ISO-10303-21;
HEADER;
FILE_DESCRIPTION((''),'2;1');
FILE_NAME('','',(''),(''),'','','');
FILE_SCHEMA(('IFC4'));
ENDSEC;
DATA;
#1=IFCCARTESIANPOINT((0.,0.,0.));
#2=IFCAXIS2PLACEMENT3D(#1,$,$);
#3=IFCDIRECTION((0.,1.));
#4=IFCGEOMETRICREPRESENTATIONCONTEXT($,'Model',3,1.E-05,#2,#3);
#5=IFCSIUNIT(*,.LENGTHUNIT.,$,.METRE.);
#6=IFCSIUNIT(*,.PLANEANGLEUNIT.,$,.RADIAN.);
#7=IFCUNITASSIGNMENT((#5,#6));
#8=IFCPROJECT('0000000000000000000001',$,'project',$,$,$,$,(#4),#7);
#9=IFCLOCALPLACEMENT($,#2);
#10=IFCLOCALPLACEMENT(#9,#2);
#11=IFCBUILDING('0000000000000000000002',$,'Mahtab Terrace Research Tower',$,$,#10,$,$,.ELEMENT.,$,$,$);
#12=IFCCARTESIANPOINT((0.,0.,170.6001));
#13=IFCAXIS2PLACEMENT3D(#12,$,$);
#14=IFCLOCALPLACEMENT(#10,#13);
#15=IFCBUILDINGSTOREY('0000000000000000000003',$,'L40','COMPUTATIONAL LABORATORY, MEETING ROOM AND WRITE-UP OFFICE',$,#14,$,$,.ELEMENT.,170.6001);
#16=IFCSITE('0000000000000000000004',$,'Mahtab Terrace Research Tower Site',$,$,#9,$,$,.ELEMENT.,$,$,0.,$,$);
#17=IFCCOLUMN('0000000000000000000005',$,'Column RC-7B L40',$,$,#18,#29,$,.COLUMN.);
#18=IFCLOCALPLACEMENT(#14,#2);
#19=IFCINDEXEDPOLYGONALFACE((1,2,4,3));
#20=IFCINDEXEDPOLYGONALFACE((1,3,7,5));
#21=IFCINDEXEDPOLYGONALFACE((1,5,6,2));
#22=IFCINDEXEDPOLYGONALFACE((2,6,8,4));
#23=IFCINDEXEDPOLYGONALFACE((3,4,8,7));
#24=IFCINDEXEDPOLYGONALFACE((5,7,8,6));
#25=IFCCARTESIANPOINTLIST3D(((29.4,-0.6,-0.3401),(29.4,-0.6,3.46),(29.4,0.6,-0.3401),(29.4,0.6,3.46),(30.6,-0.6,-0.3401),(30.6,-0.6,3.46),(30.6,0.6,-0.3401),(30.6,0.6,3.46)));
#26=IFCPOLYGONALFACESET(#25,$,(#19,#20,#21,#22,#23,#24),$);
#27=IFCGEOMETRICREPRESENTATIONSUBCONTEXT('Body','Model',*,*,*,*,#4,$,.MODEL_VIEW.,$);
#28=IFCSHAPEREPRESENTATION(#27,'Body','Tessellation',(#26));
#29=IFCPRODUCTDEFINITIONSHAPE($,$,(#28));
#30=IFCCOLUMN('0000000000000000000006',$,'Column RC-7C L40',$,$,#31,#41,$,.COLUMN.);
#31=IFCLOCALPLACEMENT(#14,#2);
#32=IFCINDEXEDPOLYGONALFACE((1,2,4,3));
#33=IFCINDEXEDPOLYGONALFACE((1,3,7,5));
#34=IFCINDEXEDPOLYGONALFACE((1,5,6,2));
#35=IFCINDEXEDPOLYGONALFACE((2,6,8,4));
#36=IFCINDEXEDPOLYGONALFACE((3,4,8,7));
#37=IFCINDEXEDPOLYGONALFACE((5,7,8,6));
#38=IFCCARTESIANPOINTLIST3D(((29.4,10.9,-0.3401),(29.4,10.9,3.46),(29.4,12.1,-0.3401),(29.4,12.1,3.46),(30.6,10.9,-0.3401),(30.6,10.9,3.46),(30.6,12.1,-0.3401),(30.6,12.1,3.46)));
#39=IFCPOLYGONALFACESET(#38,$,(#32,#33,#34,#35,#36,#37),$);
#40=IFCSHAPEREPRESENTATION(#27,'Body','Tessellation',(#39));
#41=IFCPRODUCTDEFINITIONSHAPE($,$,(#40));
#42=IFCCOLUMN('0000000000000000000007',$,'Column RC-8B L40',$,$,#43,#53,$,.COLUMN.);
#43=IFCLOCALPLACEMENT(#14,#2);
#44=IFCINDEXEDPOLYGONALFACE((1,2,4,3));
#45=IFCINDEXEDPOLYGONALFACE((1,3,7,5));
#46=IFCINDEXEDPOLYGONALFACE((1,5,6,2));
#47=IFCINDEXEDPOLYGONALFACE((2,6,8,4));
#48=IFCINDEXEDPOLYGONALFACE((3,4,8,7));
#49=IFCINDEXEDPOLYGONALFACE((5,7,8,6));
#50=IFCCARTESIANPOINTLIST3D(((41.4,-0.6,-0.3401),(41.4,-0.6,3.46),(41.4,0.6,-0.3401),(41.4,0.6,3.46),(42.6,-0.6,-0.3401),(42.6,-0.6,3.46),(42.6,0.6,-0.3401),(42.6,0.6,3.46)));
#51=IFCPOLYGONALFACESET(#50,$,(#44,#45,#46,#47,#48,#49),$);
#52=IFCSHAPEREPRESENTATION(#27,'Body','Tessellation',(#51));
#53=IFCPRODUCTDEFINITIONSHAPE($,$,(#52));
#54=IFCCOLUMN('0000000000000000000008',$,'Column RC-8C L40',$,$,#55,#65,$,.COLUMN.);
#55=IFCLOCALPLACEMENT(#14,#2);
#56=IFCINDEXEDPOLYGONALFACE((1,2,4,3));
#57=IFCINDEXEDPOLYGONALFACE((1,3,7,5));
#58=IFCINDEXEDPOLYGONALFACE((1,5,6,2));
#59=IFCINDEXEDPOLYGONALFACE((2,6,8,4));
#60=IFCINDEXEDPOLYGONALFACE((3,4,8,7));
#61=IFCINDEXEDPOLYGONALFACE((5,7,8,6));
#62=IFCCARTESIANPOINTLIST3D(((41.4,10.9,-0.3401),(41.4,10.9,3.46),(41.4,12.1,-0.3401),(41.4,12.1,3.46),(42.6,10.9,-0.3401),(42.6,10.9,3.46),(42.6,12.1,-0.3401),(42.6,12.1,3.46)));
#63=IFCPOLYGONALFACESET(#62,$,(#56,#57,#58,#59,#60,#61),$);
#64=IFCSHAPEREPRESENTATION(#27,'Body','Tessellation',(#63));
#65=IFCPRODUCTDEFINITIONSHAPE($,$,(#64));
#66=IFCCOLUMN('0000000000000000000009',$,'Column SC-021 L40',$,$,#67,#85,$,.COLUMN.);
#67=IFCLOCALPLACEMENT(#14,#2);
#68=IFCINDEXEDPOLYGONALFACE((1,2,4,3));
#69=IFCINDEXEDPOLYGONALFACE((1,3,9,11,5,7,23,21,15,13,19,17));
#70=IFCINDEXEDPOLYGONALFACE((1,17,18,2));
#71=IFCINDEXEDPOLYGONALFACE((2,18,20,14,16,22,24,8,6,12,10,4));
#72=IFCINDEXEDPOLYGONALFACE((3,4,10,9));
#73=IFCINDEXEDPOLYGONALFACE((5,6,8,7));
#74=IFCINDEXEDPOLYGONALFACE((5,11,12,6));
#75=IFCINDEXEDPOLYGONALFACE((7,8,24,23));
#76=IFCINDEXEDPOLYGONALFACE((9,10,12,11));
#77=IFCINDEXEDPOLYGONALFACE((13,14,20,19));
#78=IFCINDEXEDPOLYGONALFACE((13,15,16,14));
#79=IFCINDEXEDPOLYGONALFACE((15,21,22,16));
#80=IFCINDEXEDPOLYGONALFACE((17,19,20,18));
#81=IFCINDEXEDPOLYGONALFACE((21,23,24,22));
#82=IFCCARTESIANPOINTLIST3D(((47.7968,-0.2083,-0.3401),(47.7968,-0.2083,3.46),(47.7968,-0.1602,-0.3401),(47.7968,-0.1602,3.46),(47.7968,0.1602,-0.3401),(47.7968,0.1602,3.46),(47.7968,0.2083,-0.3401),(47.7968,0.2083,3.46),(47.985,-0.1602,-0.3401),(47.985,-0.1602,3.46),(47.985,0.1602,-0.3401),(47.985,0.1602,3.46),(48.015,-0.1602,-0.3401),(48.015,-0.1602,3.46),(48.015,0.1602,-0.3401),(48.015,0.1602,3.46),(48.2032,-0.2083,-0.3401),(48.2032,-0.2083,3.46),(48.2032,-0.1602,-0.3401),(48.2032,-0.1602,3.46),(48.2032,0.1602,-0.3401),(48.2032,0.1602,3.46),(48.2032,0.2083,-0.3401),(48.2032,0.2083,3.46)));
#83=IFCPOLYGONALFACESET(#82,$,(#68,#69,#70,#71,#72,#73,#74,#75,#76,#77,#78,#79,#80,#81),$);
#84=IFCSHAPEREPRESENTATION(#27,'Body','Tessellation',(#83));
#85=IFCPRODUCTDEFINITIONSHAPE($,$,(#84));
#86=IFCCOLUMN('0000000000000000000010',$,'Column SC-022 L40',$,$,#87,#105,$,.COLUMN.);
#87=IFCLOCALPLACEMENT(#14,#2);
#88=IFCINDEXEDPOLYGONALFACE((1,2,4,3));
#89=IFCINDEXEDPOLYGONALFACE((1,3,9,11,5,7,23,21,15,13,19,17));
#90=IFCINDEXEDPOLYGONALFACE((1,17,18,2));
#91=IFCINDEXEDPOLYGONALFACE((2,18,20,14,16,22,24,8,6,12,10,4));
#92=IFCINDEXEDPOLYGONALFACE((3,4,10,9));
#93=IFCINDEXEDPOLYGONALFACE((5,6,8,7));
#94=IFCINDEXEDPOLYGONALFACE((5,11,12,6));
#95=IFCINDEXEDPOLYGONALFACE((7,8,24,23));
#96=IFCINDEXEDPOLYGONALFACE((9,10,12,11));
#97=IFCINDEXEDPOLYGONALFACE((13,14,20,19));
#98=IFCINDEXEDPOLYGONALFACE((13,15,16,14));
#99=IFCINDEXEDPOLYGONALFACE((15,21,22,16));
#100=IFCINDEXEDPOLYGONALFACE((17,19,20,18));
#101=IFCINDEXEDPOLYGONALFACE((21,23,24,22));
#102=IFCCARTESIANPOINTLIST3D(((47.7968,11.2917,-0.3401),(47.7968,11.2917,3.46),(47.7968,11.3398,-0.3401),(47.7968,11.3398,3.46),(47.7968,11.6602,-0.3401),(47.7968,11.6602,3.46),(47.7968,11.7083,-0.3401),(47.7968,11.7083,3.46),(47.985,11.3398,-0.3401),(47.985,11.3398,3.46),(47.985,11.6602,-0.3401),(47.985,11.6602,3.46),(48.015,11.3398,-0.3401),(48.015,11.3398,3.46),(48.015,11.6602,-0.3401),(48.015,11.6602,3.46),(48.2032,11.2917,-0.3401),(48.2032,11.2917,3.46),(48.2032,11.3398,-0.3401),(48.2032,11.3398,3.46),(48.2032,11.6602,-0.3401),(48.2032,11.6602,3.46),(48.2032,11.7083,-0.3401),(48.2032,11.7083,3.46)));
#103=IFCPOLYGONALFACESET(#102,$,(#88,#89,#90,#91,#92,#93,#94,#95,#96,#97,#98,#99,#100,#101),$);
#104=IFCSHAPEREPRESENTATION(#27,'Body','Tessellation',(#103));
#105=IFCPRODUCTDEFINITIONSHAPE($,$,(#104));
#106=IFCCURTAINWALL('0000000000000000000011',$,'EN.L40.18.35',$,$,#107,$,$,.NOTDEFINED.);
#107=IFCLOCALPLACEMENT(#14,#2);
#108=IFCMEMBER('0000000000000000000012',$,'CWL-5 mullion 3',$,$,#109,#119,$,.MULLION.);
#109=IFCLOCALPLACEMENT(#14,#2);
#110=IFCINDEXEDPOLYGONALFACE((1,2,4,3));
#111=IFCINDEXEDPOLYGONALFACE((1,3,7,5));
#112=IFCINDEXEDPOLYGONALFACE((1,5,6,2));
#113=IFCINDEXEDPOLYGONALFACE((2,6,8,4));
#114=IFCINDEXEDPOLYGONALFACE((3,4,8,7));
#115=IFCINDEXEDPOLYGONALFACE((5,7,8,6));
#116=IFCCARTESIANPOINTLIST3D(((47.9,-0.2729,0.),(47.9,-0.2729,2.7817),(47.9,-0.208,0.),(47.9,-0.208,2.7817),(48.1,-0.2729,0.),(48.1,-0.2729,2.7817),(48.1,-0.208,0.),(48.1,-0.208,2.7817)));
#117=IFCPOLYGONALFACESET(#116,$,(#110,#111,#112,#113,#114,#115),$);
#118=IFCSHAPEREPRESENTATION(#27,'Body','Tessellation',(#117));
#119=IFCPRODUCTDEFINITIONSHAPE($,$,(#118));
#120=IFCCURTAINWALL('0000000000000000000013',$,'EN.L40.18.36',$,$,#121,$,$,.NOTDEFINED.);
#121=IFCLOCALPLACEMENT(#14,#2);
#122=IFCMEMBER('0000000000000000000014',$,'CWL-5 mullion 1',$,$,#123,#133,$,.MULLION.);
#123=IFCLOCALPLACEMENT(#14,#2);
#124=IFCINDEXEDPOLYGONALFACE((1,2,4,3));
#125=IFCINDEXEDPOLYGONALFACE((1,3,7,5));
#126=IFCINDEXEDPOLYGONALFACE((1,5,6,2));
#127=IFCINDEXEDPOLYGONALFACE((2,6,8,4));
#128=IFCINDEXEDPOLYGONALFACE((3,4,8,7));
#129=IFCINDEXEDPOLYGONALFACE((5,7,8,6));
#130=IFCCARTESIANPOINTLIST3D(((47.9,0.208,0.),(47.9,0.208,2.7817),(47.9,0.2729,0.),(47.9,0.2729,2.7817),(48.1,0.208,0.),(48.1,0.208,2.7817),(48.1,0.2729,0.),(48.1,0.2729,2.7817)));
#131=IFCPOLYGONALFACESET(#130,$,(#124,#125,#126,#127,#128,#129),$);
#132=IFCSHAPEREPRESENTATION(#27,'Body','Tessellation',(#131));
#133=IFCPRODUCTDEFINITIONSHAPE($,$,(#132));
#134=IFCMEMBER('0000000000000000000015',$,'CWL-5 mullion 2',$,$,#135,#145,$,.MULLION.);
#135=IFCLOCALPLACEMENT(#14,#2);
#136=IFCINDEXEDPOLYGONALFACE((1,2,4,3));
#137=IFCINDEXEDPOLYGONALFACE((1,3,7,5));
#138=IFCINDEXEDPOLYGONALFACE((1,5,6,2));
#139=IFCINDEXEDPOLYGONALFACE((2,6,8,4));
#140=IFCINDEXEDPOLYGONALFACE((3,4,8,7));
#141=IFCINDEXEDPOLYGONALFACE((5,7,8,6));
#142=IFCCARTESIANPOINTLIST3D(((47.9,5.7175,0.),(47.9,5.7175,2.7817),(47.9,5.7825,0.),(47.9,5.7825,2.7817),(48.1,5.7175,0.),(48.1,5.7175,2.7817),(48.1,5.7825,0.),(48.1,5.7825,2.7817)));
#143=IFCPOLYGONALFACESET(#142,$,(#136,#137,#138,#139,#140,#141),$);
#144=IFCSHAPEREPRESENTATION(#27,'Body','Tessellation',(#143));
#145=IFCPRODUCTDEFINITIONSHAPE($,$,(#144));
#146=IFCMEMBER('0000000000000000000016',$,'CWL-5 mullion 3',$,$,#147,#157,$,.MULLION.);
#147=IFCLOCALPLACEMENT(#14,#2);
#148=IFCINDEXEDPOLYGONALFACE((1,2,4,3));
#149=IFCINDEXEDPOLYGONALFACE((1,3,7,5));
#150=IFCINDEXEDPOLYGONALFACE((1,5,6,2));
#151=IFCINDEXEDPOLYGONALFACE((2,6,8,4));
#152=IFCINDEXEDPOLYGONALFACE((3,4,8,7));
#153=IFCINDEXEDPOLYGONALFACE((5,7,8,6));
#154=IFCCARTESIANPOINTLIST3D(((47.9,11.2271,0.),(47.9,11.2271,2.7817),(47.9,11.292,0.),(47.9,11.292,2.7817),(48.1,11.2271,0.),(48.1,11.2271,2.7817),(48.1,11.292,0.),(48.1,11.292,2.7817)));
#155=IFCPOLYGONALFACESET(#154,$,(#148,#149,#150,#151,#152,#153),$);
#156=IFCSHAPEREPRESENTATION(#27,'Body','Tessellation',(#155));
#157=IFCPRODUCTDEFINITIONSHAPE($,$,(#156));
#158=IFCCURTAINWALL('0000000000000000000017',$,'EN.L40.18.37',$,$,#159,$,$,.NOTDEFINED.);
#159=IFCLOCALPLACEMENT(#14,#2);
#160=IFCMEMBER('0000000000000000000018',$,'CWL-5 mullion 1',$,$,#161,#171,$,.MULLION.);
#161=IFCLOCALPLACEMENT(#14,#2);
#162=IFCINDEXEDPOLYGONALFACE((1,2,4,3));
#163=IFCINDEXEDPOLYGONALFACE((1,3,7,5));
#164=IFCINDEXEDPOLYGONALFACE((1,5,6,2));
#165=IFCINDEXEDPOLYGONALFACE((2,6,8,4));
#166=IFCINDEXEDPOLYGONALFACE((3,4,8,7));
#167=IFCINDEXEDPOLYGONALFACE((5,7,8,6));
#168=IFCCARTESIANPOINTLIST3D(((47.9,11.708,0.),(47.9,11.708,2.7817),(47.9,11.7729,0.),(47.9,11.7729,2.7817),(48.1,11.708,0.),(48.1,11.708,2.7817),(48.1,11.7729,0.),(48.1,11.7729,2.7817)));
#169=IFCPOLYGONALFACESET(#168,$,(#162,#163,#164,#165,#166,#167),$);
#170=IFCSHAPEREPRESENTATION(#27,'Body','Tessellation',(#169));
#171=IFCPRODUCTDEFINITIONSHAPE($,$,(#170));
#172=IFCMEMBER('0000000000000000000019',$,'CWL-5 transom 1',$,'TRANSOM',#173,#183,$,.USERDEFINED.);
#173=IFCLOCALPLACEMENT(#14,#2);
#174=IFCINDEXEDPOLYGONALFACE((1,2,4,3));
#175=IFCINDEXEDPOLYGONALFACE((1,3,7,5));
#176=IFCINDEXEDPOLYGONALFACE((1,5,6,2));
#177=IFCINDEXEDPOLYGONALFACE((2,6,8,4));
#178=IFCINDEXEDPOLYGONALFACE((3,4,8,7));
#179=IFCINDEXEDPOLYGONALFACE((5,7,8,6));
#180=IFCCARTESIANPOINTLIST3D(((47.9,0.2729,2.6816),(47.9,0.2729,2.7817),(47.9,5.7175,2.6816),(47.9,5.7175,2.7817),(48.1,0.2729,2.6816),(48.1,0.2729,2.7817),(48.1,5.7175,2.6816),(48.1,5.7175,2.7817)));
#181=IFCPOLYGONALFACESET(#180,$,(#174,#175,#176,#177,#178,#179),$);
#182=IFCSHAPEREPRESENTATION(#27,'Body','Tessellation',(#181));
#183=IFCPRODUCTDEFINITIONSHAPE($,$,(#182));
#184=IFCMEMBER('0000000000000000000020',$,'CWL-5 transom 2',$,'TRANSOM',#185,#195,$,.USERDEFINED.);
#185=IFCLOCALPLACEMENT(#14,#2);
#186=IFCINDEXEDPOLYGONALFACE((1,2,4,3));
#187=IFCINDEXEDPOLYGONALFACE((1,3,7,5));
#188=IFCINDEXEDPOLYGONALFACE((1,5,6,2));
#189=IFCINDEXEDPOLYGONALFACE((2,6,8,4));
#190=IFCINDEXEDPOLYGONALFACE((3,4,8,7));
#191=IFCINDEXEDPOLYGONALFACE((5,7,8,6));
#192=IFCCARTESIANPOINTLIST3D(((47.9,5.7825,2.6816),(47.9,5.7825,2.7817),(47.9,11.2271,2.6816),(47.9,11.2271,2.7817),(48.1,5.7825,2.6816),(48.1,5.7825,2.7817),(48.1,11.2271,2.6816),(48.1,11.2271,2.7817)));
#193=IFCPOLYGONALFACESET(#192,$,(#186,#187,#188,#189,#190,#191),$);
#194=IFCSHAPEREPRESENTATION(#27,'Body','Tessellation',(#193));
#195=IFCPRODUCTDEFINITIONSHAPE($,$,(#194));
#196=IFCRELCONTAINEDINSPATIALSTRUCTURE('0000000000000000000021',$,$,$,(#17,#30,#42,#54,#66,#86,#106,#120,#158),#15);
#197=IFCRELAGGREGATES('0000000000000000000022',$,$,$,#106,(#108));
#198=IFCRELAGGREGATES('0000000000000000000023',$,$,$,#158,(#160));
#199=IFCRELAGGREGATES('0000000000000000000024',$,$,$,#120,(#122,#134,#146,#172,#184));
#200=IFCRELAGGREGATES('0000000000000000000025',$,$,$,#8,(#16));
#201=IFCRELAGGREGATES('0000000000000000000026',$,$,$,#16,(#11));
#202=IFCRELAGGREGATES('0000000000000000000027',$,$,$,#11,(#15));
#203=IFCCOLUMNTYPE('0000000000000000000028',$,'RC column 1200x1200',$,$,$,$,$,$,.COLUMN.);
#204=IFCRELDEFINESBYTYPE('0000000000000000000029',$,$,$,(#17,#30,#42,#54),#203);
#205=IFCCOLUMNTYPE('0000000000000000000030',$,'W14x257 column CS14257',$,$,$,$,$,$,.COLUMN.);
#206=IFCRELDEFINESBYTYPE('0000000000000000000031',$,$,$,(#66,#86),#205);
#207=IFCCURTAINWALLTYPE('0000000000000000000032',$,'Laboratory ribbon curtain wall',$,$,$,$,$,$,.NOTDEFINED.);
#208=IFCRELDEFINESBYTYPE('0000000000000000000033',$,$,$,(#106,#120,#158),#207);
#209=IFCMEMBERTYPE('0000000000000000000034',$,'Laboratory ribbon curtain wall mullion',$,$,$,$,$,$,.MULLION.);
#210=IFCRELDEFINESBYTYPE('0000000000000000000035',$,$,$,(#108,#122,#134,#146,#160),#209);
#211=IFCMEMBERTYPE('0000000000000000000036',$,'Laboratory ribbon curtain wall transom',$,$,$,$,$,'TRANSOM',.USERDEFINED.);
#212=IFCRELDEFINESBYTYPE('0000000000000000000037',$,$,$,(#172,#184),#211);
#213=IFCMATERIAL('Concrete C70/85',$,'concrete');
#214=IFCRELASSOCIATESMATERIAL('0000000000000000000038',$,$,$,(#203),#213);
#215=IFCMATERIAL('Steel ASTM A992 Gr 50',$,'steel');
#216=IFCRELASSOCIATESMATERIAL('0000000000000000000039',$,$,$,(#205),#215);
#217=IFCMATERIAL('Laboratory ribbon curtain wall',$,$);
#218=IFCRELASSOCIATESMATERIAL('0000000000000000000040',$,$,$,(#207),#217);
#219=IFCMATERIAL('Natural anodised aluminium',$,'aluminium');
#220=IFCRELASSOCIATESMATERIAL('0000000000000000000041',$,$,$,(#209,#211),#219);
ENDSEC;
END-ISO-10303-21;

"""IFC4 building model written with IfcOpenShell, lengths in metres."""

from ifc_helpers import new_model, si_unit, direction, frame, origin, origin_2d, place, context, subcontext, project, spatial, rectangle, i_section, extrude, material, material_profile, profile_set, type_object, element, aggregate, save


model = new_model("IFC4")

# Units and contexts
model_context = context("Model", 3, precision=1e-05, world=origin(), true_north=direction((0.0, 1.0)))
body_context = subcontext(model_context, "Body", "Model", "MODEL_VIEW")
ifc_project = project(units=[si_unit("LENGTHUNIT", "METRE"), si_unit("PLANEANGLEUNIT", "RADIAN")], contexts=[model_context])

# Site, building, storey
site_placement = place(None, origin())
site = spatial("IfcSite", under=ifc_project, at=site_placement, Name="Mahtab Terrace Research Tower Site", CompositionType="ELEMENT", RefElevation=0.0)
building_placement = place(site_placement, origin())
building = spatial("IfcBuilding", under=site, at=building_placement, Name="Mahtab Terrace Research Tower", CompositionType="ELEMENT")
storey_placement = place(building_placement, frame((0.0, 0.0, 170.6001)))
storey = spatial("IfcBuildingStorey", under=building, at=storey_placement, Name="L40", Description="COMPUTATIONAL LABORATORY, MEETING ROOM AND WRITE-UP OFFICE", CompositionType="ELEMENT", Elevation=170.6001)

# Columns
ifc_material_1 = material(Name="Concrete C70/85", Category="concrete")
ifc_material_profile_1 = material_profile(ifc_material_1, rectangle(XDim=1.2, YDim=1.2, at=origin_2d()), Name="RC column 1200x1200")
ifc_profile_set_1 = profile_set([ifc_material_profile_1], Name="Concrete C70/85")
column_type_1 = type_object("IfcColumnType", Name="RC column 1200x1200", PredefinedType="COLUMN", material=ifc_profile_set_1)
for number, where, z_axis, x_axis, name in (
    (1, (30.0, 0.0, -0.3401), (0.0, 0.0, 1.0), (1.0, 0.0, 0.0), "Column RC-7B L40"),
    (2, (30.0, 11.5, -0.3401), (0.0, 0.0, 1.0), (1.0, 0.0, 0.0), "Column RC-7C L40"),
    (3, (42.0, 0.0, -0.3401), (0.0, 0.0, 1.0), (1.0, 0.0, 0.0), "Column RC-8B L40"),
    (4, (42.0, 11.5, -0.3401), (0.0, 0.0, 1.0), (1.0, 0.0, 0.0), "Column RC-8C L40"),
):
    element("IfcColumn", number, at=place(storey_placement, frame(where, z_axis=z_axis, x_axis=x_axis)), inside=storey, type_object=column_type_1, Name=name, PredefinedType="COLUMN", context=body_context, shape_type="SweptSolid", body=[
        extrude(rectangle(XDim=1.2, YDim=1.2, at=origin_2d()), origin(), (0.0, 0.0, 1.0), 3.8),
    ])
ifc_material_2 = material(Name="Steel ASTM A992 Gr 50", Category="steel")
ifc_material_profile_2 = material_profile(ifc_material_2, i_section(OverallWidth=0.4065, OverallDepth=0.4165, WebThickness=0.03, FlangeThickness=0.0481, at=origin_2d()), Name="W14X257")
ifc_profile_set_2 = profile_set([ifc_material_profile_2], Name="Steel ASTM A992 Gr 50")
column_type_2 = type_object("IfcColumnType", Name="W14x257 column CS14257", PredefinedType="COLUMN", material=ifc_profile_set_2)
for number, where, z_axis, x_axis, name in (
    (5, (48.0, 0.0, -0.3401), (0.0, 0.0, 1.0), (1.0, 0.0, 0.0), "Column SC-021 L40"),
    (6, (48.0, 11.5, -0.3401), (0.0, 0.0, 1.0), (1.0, 0.0, 0.0), "Column SC-022 L40"),
):
    element("IfcColumn", number, at=place(storey_placement, frame(where, z_axis=z_axis, x_axis=x_axis)), inside=storey, type_object=column_type_2, Name=name, PredefinedType="COLUMN", context=body_context, shape_type="SweptSolid", body=[
        extrude(i_section(OverallWidth=0.4065, OverallDepth=0.4165, WebThickness=0.03, FlangeThickness=0.0481, at=origin_2d()), origin(), (0.0, 0.0, 1.0), 3.8),
    ])

# Curtain wall, member
ifc_material_3 = material(Name="Laboratory ribbon curtain wall")
curtain_wall_type = type_object("IfcCurtainWallType", Name="Laboratory ribbon curtain wall", PredefinedType="NOTDEFINED", material=ifc_material_3)
curtain_wall_1_placement = place(storey_placement, origin())
curtain_wall_1 = element("IfcCurtainWall", 7, at=curtain_wall_1_placement, inside=storey, type_object=curtain_wall_type, Name="EN.L40.18.35", PredefinedType="NOTDEFINED")
ifc_material_4 = material(Name="Natural anodised aluminium", Category="aluminium")
ifc_material_profile_3 = material_profile(ifc_material_4, rectangle(XDim=0.2, YDim=0.0649, at=origin_2d()), Name="MULLION 65x200")
ifc_profile_set_3 = profile_set([ifc_material_profile_3], Name="Natural anodised aluminium")
member_type_1 = type_object("IfcMemberType", Name="Laboratory ribbon curtain wall mullion", PredefinedType="MULLION", material=ifc_profile_set_3)
member_1_placement = place(storey_placement, frame((48.0, -0.2405, 0.0), z_axis=(0.0, 0.0, 1.0), x_axis=(-1.0, 0.0, 0.0)))
member_1 = element("IfcMember", 8, at=member_1_placement, type_object=member_type_1, Name="CWL-5 mullion 3", PredefinedType="MULLION", context=body_context, shape_type="SweptSolid", body=[
    extrude(rectangle(XDim=0.2, YDim=0.0649, at=origin_2d()), origin(), (0.0, 0.0, 1.0), 2.7817),
])
aggregate(curtain_wall_1, [member_1])

# Curtain wall, members
curtain_wall_2_placement = place(storey_placement, origin())
curtain_wall_2 = element("IfcCurtainWall", 9, at=curtain_wall_2_placement, inside=storey, type_object=curtain_wall_type, Name="EN.L40.18.36", PredefinedType="NOTDEFINED")
member_2_placement = place(storey_placement, frame((48.0, 0.2405, 0.0), z_axis=(0.0, 0.0, 1.0), x_axis=(-1.0, 0.0, 0.0)))
member_2 = element("IfcMember", 10, at=member_2_placement, type_object=member_type_1, Name="CWL-5 mullion 1", PredefinedType="MULLION", context=body_context, shape_type="SweptSolid", body=[
    extrude(rectangle(XDim=0.2, YDim=0.0649, at=origin_2d()), origin(), (0.0, 0.0, 1.0), 2.7817),
])
member_3_placement = place(storey_placement, frame((48.0, 5.75, 0.0), z_axis=(0.0, 0.0, 1.0), x_axis=(-1.0, 0.0, 0.0)))
member_3 = element("IfcMember", 11, at=member_3_placement, type_object=member_type_1, Name="CWL-5 mullion 2", PredefinedType="MULLION", context=body_context, shape_type="SweptSolid", body=[
    extrude(rectangle(XDim=0.2, YDim=0.0649, at=origin_2d()), origin(), (0.0, 0.0, 1.0), 2.7817),
])
member_4_placement = place(storey_placement, frame((48.0, 11.2595, 0.0), z_axis=(0.0, 0.0, 1.0), x_axis=(-1.0, 0.0, 0.0)))
member_4 = element("IfcMember", 12, at=member_4_placement, type_object=member_type_1, Name="CWL-5 mullion 3", PredefinedType="MULLION", context=body_context, shape_type="SweptSolid", body=[
    extrude(rectangle(XDim=0.2, YDim=0.0649, at=origin_2d()), origin(), (0.0, 0.0, 1.0), 2.7817),
])

# Curtain wall, member
curtain_wall_3_placement = place(storey_placement, origin())
curtain_wall_3 = element("IfcCurtainWall", 13, at=curtain_wall_3_placement, inside=storey, type_object=curtain_wall_type, Name="EN.L40.18.37", PredefinedType="NOTDEFINED")
member_5_placement = place(storey_placement, frame((48.0, 11.7405, 0.0), z_axis=(0.0, 0.0, 1.0), x_axis=(-1.0, 0.0, 0.0)))
member_5 = element("IfcMember", 14, at=member_5_placement, type_object=member_type_1, Name="CWL-5 mullion 1", PredefinedType="MULLION", context=body_context, shape_type="SweptSolid", body=[
    extrude(rectangle(XDim=0.2, YDim=0.0649, at=origin_2d()), origin(), (0.0, 0.0, 1.0), 2.7817),
])
aggregate(curtain_wall_3, [member_5])

# Members
ifc_material_profile_4 = material_profile(ifc_material_4, rectangle(XDim=0.2, YDim=0.1001, at=origin_2d()), Name="TRANSOM 100x200")
ifc_profile_set_4 = profile_set([ifc_material_profile_4], Name="Natural anodised aluminium")
member_type_2 = type_object("IfcMemberType", Name="Laboratory ribbon curtain wall transom", ElementType="TRANSOM", PredefinedType="USERDEFINED", material=ifc_profile_set_4)
member_6_placement = place(storey_placement, frame((48.0, 0.2729, 2.7317), z_axis=(0.0, 1.0, 0.0), x_axis=(-1.0, 0.0, 0.0)))
member_6 = element("IfcMember", 15, at=member_6_placement, type_object=member_type_2, Name="CWL-5 transom 1", ObjectType="TRANSOM", PredefinedType="USERDEFINED", context=body_context, shape_type="SweptSolid", body=[
    extrude(rectangle(XDim=0.2, YDim=0.1001, at=origin_2d()), origin(), (0.0, 0.0, 1.0), 5.4446),
])
member_7_placement = place(storey_placement, frame((48.0, 5.7825, 2.7317), z_axis=(0.0, 1.0, 0.0), x_axis=(-1.0, 0.0, 0.0)))
member_7 = element("IfcMember", 16, at=member_7_placement, type_object=member_type_2, Name="CWL-5 transom 2", ObjectType="TRANSOM", PredefinedType="USERDEFINED", context=body_context, shape_type="SweptSolid", body=[
    extrude(rectangle(XDim=0.2, YDim=0.1001, at=origin_2d()), origin(), (0.0, 0.0, 1.0), 5.4446),
])

aggregate(curtain_wall_2, [member_2, member_3, member_4, member_6, member_7])

save(model, "model.ifc")
